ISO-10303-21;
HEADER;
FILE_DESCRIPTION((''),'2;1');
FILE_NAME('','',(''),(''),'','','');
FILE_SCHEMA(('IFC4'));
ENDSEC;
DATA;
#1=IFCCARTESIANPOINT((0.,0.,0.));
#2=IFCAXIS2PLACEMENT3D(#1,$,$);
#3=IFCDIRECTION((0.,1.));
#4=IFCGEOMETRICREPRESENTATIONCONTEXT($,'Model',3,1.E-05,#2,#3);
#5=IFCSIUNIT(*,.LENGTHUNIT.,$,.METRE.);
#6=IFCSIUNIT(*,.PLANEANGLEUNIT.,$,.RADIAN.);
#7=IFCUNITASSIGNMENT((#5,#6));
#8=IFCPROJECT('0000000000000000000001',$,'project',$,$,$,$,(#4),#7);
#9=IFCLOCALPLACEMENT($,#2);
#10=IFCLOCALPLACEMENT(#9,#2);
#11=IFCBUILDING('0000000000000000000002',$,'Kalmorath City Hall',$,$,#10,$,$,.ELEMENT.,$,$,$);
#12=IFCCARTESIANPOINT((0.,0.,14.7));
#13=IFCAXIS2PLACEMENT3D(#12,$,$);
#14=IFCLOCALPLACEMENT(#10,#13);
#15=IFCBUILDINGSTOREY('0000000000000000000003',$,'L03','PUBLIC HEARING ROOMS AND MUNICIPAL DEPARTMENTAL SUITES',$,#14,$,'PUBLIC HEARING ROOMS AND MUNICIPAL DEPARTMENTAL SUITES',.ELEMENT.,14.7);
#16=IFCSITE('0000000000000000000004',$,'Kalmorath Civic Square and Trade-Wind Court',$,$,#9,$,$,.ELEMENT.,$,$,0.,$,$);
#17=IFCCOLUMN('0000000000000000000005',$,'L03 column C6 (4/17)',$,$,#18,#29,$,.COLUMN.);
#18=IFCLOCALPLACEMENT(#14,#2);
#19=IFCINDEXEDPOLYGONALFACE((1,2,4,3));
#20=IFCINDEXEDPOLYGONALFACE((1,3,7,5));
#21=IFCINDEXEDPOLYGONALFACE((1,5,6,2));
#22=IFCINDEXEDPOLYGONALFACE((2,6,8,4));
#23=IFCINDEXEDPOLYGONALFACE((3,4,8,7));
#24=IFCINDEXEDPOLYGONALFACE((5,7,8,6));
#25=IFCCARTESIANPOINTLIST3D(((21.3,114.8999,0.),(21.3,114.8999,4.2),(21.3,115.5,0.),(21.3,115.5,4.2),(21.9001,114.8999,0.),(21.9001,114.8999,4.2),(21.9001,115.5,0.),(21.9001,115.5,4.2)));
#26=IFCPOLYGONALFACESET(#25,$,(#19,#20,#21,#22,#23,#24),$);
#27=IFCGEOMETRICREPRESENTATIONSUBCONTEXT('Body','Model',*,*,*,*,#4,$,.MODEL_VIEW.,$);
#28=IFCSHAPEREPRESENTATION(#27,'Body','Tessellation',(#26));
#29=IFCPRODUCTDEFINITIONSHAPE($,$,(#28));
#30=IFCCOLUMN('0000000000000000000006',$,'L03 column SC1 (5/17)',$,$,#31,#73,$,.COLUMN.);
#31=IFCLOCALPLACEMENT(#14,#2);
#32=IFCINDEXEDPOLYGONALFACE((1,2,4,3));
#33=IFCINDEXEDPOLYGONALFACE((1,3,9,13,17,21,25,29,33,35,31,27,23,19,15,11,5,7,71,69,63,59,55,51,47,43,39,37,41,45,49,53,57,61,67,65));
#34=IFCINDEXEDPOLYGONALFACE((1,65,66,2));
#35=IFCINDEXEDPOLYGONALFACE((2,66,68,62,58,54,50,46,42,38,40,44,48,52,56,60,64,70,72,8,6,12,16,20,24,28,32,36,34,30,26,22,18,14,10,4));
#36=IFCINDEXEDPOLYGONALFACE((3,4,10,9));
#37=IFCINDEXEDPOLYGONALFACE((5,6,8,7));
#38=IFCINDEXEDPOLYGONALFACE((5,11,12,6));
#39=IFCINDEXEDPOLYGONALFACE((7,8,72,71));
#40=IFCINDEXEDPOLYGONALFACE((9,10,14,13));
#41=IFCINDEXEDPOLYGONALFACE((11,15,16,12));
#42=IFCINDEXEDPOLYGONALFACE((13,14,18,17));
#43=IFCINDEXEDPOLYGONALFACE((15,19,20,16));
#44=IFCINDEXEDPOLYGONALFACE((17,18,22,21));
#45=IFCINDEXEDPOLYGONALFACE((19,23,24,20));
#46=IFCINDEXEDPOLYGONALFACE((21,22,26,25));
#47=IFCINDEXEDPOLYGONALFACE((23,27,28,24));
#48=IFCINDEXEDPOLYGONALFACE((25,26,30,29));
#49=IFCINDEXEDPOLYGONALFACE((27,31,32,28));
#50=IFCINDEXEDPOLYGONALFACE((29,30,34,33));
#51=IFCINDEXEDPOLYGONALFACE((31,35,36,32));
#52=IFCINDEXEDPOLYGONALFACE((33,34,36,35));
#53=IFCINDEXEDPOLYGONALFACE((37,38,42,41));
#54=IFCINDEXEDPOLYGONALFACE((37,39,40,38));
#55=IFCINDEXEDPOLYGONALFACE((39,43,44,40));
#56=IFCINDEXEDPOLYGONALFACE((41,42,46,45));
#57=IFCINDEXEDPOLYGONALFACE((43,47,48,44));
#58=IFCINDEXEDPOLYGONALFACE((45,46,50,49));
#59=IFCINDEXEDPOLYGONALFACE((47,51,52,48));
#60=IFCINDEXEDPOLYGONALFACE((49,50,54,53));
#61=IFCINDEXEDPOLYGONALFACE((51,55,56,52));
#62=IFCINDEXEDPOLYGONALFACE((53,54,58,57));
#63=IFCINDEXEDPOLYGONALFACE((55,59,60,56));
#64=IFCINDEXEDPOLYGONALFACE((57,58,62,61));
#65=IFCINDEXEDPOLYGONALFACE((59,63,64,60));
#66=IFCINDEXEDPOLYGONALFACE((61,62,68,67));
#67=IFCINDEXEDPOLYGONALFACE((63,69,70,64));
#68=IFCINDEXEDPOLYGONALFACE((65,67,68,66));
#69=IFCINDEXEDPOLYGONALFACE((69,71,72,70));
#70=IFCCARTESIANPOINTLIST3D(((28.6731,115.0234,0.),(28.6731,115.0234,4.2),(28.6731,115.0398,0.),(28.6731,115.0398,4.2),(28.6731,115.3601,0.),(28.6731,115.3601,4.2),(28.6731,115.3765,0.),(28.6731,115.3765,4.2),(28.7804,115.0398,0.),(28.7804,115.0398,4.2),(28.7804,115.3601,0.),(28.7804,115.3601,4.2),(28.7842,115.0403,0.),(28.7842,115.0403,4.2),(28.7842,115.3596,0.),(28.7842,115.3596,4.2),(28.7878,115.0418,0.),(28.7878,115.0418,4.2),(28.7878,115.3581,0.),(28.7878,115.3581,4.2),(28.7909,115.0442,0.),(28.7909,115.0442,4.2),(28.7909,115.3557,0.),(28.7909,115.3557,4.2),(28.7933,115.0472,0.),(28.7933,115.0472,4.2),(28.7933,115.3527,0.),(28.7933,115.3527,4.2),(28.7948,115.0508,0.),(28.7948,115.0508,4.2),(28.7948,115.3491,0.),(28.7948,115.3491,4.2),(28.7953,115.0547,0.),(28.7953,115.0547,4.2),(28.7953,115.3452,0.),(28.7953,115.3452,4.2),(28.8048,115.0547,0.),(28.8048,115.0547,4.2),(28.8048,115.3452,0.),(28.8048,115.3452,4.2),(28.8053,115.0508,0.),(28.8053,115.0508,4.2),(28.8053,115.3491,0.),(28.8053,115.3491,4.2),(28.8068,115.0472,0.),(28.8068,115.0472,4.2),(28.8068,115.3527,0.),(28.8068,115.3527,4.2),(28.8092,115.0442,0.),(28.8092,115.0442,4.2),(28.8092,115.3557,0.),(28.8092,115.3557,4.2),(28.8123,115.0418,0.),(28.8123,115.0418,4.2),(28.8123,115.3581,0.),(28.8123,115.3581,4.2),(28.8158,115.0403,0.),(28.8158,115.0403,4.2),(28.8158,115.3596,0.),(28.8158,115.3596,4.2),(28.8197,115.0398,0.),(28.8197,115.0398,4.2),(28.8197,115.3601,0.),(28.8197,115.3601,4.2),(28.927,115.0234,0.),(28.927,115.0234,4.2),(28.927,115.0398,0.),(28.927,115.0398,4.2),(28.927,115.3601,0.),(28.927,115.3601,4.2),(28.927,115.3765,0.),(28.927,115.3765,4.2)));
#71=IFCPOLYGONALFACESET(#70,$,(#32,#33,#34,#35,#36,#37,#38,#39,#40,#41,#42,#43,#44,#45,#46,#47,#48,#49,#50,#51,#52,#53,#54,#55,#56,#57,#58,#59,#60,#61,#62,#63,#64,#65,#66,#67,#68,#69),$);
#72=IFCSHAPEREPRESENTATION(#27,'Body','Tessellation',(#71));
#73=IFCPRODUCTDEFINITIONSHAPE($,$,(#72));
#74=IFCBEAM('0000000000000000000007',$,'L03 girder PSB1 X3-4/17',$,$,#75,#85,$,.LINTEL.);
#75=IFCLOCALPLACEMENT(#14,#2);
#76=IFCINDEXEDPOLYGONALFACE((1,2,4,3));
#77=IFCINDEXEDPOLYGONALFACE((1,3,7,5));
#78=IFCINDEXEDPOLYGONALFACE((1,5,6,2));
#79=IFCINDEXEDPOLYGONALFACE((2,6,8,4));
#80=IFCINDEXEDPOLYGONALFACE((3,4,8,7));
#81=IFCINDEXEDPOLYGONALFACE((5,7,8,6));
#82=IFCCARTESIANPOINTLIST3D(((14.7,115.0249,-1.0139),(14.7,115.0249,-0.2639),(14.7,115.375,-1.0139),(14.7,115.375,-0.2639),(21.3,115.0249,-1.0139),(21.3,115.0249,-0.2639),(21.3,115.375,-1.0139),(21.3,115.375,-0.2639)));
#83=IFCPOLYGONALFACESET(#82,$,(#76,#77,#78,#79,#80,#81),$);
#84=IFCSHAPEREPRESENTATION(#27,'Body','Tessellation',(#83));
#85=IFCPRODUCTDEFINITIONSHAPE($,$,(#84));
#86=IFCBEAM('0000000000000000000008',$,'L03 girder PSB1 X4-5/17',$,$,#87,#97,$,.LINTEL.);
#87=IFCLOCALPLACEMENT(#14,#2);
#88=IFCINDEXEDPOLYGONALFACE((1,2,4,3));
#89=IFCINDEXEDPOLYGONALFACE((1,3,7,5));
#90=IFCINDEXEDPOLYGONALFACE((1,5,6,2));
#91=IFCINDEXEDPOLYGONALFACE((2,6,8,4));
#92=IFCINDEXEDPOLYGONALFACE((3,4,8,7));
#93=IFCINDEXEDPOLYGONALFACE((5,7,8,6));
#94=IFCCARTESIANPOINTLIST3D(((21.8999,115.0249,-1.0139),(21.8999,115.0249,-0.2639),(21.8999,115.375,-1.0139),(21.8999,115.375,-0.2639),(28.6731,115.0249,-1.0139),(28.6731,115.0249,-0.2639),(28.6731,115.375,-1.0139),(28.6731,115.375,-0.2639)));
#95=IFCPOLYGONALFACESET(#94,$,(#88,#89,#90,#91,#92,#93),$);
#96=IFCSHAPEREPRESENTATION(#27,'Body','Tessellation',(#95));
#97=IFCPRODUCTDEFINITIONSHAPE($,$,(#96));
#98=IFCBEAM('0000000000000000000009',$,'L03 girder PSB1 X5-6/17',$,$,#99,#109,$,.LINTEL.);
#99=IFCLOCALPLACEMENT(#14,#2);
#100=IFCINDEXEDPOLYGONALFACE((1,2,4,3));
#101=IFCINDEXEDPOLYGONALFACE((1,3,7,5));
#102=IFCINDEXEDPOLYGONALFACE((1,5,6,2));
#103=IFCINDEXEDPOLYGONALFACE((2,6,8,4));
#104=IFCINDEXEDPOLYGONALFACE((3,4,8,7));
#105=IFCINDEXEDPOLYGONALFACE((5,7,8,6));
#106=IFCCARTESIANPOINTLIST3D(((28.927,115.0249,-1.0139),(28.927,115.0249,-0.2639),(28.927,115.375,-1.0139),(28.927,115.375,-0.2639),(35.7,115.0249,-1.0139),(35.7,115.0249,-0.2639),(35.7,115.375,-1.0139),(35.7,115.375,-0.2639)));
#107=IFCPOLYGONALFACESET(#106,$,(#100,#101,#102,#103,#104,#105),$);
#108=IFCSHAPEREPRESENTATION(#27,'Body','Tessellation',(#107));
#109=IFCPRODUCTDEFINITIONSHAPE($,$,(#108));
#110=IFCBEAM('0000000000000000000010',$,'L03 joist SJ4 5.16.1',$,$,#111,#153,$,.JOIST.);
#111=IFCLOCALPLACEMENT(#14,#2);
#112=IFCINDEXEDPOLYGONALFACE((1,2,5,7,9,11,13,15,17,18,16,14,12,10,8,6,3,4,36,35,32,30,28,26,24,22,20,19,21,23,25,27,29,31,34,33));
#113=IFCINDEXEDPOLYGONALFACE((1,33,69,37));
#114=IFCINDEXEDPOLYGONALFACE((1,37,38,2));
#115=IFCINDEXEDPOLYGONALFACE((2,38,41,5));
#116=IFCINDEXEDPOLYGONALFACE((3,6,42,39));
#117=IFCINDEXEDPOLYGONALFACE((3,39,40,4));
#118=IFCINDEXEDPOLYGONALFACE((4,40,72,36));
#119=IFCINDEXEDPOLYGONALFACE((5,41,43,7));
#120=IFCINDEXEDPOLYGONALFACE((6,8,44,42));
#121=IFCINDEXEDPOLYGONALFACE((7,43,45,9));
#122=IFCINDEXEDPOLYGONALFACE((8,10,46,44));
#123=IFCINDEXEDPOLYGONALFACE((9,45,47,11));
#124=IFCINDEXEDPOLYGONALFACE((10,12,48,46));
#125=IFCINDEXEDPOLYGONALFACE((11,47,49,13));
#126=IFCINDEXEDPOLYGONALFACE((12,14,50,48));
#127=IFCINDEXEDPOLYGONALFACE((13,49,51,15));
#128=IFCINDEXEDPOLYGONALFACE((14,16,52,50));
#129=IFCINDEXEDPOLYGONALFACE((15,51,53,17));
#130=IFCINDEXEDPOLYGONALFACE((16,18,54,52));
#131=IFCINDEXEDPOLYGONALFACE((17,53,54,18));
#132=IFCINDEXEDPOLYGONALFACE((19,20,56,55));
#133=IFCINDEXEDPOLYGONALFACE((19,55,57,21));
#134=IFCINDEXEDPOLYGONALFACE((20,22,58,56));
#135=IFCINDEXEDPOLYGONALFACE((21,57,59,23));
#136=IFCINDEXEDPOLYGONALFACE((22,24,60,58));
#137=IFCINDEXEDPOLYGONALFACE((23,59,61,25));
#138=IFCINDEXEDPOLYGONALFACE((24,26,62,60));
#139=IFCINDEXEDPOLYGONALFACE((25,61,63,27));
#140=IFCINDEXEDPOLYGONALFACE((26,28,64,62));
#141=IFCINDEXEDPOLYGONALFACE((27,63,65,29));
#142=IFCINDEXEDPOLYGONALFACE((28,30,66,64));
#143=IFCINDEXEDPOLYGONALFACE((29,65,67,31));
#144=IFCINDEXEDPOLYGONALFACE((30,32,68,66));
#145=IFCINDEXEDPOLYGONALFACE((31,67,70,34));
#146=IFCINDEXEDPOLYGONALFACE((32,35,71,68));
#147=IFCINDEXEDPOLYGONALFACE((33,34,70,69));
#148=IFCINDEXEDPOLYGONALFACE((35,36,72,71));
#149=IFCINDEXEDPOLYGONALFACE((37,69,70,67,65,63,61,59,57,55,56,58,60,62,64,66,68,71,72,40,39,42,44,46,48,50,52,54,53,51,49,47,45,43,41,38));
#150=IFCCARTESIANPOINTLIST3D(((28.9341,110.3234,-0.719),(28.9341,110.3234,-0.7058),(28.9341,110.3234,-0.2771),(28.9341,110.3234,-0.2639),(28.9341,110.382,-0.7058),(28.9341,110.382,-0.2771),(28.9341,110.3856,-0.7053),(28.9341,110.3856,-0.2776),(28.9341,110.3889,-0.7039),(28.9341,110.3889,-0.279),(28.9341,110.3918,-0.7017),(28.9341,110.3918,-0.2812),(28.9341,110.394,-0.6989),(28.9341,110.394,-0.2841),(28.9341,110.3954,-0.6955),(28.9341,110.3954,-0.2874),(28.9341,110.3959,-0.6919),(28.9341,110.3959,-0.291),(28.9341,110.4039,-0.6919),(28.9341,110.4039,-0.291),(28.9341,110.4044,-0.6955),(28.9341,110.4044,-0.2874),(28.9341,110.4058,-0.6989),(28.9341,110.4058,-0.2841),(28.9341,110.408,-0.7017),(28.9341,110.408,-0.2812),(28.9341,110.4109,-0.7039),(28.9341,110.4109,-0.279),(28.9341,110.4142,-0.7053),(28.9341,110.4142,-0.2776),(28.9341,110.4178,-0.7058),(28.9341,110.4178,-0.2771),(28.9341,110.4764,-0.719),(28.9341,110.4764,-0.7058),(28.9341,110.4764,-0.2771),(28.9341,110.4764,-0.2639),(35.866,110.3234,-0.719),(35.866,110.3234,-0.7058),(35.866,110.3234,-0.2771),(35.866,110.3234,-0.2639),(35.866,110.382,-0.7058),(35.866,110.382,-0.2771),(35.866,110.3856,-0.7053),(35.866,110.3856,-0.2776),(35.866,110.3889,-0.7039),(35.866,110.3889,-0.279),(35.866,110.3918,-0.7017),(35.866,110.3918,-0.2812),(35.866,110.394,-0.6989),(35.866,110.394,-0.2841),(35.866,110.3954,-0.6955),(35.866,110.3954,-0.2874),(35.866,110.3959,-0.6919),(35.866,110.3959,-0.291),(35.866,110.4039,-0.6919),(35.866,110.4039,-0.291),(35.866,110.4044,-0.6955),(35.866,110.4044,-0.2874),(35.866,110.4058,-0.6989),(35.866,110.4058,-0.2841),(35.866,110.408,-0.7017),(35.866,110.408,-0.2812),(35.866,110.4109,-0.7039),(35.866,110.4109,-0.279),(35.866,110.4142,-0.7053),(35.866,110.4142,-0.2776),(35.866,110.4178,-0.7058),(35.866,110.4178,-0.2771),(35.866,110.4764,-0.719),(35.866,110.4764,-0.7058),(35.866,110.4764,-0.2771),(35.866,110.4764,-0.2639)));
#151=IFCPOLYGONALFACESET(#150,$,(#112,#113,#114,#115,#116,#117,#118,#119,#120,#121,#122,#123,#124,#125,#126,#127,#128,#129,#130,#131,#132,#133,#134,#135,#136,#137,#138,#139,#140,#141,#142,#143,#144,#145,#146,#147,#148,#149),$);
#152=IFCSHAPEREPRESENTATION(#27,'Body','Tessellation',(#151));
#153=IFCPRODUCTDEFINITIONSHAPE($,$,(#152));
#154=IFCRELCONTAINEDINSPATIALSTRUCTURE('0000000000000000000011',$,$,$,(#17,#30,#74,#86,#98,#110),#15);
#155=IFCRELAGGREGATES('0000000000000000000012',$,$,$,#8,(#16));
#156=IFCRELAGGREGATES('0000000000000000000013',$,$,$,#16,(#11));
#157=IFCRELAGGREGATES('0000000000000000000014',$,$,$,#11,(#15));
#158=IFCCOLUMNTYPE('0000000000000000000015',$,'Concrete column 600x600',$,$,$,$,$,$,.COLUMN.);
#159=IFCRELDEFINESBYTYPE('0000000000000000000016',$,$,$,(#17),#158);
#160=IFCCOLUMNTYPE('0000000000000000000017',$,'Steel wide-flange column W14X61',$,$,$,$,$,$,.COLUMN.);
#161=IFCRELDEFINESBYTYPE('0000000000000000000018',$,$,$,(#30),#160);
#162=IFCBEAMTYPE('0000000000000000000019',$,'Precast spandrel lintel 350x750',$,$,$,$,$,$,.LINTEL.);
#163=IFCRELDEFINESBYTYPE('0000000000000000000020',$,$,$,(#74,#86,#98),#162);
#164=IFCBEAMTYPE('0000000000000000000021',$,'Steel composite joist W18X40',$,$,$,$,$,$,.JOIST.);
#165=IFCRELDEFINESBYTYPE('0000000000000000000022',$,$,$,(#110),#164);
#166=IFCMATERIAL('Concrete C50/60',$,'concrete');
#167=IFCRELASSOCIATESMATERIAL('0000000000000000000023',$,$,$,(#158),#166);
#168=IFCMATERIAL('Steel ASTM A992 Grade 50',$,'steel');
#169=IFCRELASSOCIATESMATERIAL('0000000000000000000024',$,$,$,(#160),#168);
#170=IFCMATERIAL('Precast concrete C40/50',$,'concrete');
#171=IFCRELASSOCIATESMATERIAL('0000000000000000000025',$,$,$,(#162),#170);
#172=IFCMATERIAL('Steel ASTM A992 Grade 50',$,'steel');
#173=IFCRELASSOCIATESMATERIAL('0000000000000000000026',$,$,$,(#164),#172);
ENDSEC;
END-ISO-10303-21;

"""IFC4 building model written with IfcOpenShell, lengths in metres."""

from ifc_helpers import new_model, si_unit, direction, frame, origin, origin_2d, place, context, subcontext, project, spatial, rectangle, i_section, extrude, material, material_profile, profile_set, type_object, element, save


model = new_model("IFC4")

# Units and contexts
model_context = context("Model", 3, precision=1e-05, world=origin(), true_north=direction((0.0, 1.0)))
body_context = subcontext(model_context, "Body", "Model", "MODEL_VIEW")
ifc_project = project(units=[si_unit("LENGTHUNIT", "METRE"), si_unit("PLANEANGLEUNIT", "RADIAN")], contexts=[model_context])

# Site, building, storey
site_placement = place(None, origin())
site = spatial("IfcSite", under=ifc_project, at=site_placement, Name="Kalmorath Civic Square and Trade-Wind Court", CompositionType="ELEMENT", RefElevation=0.0)
building_placement = place(site_placement, origin())
building = spatial("IfcBuilding", under=site, at=building_placement, Name="Kalmorath City Hall", CompositionType="ELEMENT")
storey_placement = place(building_placement, frame((0.0, 0.0, 14.7)))
storey = spatial("IfcBuildingStorey", under=building, at=storey_placement, Name="L03", Description="PUBLIC HEARING ROOMS AND MUNICIPAL DEPARTMENTAL SUITES", LongName="PUBLIC HEARING ROOMS AND MUNICIPAL DEPARTMENTAL SUITES", CompositionType="ELEMENT", Elevation=14.7)

# Columns
ifc_material_1 = material(Name="Concrete C50/60", Category="concrete")
ifc_material_profile_1 = material_profile(ifc_material_1, rectangle(XDim=0.6001, YDim=0.6001, at=origin_2d()), Name="RC-COL-600X600")
ifc_profile_set_1 = profile_set([ifc_material_profile_1], Name="Concrete C50/60")
column_type_1 = type_object("IfcColumnType", Name="Concrete column 600x600", PredefinedType="COLUMN", material=ifc_profile_set_1)
column_1_placement = place(storey_placement, frame((21.6001, 115.2, 0.0), z_axis=(0.0, 0.0, 1.0), x_axis=(1.0, 0.0, 0.0)))
element("IfcColumn", 1, at=column_1_placement, inside=storey, type_object=column_type_1, Name="L03 column C6 (4/17)", PredefinedType="COLUMN", context=body_context, shape_type="SweptSolid", body=[
    extrude(rectangle(XDim=0.6001, YDim=0.6001, at=origin_2d()), origin(), (0.0, 0.0, 1.0), 4.2),
])
ifc_material_2 = material(Name="Steel ASTM A992 Grade 50", Category="steel")
ifc_material_profile_2 = material_profile(ifc_material_2, i_section(OverallWidth=0.2539, OverallDepth=0.353, WebThickness=0.0095, FlangeThickness=0.0164, FilletRadius=0.0149, at=origin_2d()), Name="W14X61")
ifc_profile_set_2 = profile_set([ifc_material_profile_2], Name="Steel ASTM A992 Grade 50")
column_type_2 = type_object("IfcColumnType", Name="Steel wide-flange column W14X61", PredefinedType="COLUMN", material=ifc_profile_set_2)
column_2_placement = place(storey_placement, frame((28.8, 115.2, 0.0), z_axis=(0.0, 0.0, 1.0), x_axis=(1.0, 0.0, 0.0)))
element("IfcColumn", 2, at=column_2_placement, inside=storey, type_object=column_type_2, Name="L03 column SC1 (5/17)", PredefinedType="COLUMN", context=body_context, shape_type="SweptSolid", body=[
    extrude(i_section(OverallWidth=0.2539, OverallDepth=0.353, WebThickness=0.0095, FlangeThickness=0.0164, FilletRadius=0.0149, at=origin_2d()), origin(), (0.0, 0.0, 1.0), 4.2),
])

# Beams
ifc_material_3 = material(Name="Precast concrete C40/50", Category="concrete")
ifc_material_profile_3 = material_profile(ifc_material_3, rectangle(XDim=0.3501, YDim=0.75, at=origin_2d()), Name="PC-SP-350X750")
ifc_profile_set_3 = profile_set([ifc_material_profile_3], Name="Precast concrete C40/50")
beam_type_1 = type_object("IfcBeamType", Name="Precast spandrel lintel 350x750", PredefinedType="LINTEL", material=ifc_profile_set_3)
beam_1_placement = place(storey_placement, frame((14.7, 115.2, -0.6389), z_axis=(1.0, 0.0, 0.0), x_axis=(0.0, 1.0, 0.0)))
element("IfcBeam", 3, at=beam_1_placement, inside=storey, type_object=beam_type_1, Name="L03 girder PSB1 X3-4/17", PredefinedType="LINTEL", context=body_context, shape_type="SweptSolid", body=[
    extrude(rectangle(XDim=0.3501, YDim=0.75, at=origin_2d()), origin(), (0.0, 0.0, 1.0), 6.6001),
])
beam_2_placement = place(storey_placement, frame((21.8999, 115.2, -0.6389), z_axis=(1.0, 0.0, 0.0), x_axis=(0.0, 1.0, 0.0)))
element("IfcBeam", 4, at=beam_2_placement, inside=storey, type_object=beam_type_1, Name="L03 girder PSB1 X4-5/17", PredefinedType="LINTEL", context=body_context, shape_type="SweptSolid", body=[
    extrude(rectangle(XDim=0.3501, YDim=0.75, at=origin_2d()), origin(), (0.0, 0.0, 1.0), 6.7732),
])
beam_3_placement = place(storey_placement, frame((28.927, 115.2, -0.6389), z_axis=(1.0, 0.0, 0.0), x_axis=(0.0, 1.0, 0.0)))
element("IfcBeam", 5, at=beam_3_placement, inside=storey, type_object=beam_type_1, Name="L03 girder PSB1 X5-6/17", PredefinedType="LINTEL", context=body_context, shape_type="SweptSolid", body=[
    extrude(rectangle(XDim=0.3501, YDim=0.75, at=origin_2d()), origin(), (0.0, 0.0, 1.0), 6.7729),
])
ifc_material_4 = material(Name="Steel ASTM A992 Grade 50", Category="steel")
ifc_material_profile_4 = material_profile(ifc_material_4, i_section(OverallWidth=0.1531, OverallDepth=0.4551, WebThickness=0.0081, FlangeThickness=0.0132, FilletRadius=0.0139, at=origin_2d()), Name="W18X40")
ifc_profile_set_4 = profile_set([ifc_material_profile_4], Name="Steel ASTM A992 Grade 50")
beam_type_2 = type_object("IfcBeamType", Name="Steel composite joist W18X40", PredefinedType="JOIST", material=ifc_profile_set_4)
for number, where, z_axis, x_axis, name in (
    (6, (28.9341, 110.3999, -0.4915), (1.0, 0.0, 0.0), (0.0, 1.0, 0.0), "L03 joist SJ4 5.16.1"),
):
    element("IfcBeam", number, at=place(storey_placement, frame(where, z_axis=z_axis, x_axis=x_axis)), inside=storey, type_object=beam_type_2, Name=name, PredefinedType="JOIST", context=body_context, shape_type="SweptSolid", body=[
        extrude(i_section(OverallWidth=0.1531, OverallDepth=0.4551, WebThickness=0.0081, FlangeThickness=0.0132, FilletRadius=0.0139, at=origin_2d()), origin(), (0.0, 0.0, 1.0), 6.9319),
    ])

save(model, "model.ifc")
